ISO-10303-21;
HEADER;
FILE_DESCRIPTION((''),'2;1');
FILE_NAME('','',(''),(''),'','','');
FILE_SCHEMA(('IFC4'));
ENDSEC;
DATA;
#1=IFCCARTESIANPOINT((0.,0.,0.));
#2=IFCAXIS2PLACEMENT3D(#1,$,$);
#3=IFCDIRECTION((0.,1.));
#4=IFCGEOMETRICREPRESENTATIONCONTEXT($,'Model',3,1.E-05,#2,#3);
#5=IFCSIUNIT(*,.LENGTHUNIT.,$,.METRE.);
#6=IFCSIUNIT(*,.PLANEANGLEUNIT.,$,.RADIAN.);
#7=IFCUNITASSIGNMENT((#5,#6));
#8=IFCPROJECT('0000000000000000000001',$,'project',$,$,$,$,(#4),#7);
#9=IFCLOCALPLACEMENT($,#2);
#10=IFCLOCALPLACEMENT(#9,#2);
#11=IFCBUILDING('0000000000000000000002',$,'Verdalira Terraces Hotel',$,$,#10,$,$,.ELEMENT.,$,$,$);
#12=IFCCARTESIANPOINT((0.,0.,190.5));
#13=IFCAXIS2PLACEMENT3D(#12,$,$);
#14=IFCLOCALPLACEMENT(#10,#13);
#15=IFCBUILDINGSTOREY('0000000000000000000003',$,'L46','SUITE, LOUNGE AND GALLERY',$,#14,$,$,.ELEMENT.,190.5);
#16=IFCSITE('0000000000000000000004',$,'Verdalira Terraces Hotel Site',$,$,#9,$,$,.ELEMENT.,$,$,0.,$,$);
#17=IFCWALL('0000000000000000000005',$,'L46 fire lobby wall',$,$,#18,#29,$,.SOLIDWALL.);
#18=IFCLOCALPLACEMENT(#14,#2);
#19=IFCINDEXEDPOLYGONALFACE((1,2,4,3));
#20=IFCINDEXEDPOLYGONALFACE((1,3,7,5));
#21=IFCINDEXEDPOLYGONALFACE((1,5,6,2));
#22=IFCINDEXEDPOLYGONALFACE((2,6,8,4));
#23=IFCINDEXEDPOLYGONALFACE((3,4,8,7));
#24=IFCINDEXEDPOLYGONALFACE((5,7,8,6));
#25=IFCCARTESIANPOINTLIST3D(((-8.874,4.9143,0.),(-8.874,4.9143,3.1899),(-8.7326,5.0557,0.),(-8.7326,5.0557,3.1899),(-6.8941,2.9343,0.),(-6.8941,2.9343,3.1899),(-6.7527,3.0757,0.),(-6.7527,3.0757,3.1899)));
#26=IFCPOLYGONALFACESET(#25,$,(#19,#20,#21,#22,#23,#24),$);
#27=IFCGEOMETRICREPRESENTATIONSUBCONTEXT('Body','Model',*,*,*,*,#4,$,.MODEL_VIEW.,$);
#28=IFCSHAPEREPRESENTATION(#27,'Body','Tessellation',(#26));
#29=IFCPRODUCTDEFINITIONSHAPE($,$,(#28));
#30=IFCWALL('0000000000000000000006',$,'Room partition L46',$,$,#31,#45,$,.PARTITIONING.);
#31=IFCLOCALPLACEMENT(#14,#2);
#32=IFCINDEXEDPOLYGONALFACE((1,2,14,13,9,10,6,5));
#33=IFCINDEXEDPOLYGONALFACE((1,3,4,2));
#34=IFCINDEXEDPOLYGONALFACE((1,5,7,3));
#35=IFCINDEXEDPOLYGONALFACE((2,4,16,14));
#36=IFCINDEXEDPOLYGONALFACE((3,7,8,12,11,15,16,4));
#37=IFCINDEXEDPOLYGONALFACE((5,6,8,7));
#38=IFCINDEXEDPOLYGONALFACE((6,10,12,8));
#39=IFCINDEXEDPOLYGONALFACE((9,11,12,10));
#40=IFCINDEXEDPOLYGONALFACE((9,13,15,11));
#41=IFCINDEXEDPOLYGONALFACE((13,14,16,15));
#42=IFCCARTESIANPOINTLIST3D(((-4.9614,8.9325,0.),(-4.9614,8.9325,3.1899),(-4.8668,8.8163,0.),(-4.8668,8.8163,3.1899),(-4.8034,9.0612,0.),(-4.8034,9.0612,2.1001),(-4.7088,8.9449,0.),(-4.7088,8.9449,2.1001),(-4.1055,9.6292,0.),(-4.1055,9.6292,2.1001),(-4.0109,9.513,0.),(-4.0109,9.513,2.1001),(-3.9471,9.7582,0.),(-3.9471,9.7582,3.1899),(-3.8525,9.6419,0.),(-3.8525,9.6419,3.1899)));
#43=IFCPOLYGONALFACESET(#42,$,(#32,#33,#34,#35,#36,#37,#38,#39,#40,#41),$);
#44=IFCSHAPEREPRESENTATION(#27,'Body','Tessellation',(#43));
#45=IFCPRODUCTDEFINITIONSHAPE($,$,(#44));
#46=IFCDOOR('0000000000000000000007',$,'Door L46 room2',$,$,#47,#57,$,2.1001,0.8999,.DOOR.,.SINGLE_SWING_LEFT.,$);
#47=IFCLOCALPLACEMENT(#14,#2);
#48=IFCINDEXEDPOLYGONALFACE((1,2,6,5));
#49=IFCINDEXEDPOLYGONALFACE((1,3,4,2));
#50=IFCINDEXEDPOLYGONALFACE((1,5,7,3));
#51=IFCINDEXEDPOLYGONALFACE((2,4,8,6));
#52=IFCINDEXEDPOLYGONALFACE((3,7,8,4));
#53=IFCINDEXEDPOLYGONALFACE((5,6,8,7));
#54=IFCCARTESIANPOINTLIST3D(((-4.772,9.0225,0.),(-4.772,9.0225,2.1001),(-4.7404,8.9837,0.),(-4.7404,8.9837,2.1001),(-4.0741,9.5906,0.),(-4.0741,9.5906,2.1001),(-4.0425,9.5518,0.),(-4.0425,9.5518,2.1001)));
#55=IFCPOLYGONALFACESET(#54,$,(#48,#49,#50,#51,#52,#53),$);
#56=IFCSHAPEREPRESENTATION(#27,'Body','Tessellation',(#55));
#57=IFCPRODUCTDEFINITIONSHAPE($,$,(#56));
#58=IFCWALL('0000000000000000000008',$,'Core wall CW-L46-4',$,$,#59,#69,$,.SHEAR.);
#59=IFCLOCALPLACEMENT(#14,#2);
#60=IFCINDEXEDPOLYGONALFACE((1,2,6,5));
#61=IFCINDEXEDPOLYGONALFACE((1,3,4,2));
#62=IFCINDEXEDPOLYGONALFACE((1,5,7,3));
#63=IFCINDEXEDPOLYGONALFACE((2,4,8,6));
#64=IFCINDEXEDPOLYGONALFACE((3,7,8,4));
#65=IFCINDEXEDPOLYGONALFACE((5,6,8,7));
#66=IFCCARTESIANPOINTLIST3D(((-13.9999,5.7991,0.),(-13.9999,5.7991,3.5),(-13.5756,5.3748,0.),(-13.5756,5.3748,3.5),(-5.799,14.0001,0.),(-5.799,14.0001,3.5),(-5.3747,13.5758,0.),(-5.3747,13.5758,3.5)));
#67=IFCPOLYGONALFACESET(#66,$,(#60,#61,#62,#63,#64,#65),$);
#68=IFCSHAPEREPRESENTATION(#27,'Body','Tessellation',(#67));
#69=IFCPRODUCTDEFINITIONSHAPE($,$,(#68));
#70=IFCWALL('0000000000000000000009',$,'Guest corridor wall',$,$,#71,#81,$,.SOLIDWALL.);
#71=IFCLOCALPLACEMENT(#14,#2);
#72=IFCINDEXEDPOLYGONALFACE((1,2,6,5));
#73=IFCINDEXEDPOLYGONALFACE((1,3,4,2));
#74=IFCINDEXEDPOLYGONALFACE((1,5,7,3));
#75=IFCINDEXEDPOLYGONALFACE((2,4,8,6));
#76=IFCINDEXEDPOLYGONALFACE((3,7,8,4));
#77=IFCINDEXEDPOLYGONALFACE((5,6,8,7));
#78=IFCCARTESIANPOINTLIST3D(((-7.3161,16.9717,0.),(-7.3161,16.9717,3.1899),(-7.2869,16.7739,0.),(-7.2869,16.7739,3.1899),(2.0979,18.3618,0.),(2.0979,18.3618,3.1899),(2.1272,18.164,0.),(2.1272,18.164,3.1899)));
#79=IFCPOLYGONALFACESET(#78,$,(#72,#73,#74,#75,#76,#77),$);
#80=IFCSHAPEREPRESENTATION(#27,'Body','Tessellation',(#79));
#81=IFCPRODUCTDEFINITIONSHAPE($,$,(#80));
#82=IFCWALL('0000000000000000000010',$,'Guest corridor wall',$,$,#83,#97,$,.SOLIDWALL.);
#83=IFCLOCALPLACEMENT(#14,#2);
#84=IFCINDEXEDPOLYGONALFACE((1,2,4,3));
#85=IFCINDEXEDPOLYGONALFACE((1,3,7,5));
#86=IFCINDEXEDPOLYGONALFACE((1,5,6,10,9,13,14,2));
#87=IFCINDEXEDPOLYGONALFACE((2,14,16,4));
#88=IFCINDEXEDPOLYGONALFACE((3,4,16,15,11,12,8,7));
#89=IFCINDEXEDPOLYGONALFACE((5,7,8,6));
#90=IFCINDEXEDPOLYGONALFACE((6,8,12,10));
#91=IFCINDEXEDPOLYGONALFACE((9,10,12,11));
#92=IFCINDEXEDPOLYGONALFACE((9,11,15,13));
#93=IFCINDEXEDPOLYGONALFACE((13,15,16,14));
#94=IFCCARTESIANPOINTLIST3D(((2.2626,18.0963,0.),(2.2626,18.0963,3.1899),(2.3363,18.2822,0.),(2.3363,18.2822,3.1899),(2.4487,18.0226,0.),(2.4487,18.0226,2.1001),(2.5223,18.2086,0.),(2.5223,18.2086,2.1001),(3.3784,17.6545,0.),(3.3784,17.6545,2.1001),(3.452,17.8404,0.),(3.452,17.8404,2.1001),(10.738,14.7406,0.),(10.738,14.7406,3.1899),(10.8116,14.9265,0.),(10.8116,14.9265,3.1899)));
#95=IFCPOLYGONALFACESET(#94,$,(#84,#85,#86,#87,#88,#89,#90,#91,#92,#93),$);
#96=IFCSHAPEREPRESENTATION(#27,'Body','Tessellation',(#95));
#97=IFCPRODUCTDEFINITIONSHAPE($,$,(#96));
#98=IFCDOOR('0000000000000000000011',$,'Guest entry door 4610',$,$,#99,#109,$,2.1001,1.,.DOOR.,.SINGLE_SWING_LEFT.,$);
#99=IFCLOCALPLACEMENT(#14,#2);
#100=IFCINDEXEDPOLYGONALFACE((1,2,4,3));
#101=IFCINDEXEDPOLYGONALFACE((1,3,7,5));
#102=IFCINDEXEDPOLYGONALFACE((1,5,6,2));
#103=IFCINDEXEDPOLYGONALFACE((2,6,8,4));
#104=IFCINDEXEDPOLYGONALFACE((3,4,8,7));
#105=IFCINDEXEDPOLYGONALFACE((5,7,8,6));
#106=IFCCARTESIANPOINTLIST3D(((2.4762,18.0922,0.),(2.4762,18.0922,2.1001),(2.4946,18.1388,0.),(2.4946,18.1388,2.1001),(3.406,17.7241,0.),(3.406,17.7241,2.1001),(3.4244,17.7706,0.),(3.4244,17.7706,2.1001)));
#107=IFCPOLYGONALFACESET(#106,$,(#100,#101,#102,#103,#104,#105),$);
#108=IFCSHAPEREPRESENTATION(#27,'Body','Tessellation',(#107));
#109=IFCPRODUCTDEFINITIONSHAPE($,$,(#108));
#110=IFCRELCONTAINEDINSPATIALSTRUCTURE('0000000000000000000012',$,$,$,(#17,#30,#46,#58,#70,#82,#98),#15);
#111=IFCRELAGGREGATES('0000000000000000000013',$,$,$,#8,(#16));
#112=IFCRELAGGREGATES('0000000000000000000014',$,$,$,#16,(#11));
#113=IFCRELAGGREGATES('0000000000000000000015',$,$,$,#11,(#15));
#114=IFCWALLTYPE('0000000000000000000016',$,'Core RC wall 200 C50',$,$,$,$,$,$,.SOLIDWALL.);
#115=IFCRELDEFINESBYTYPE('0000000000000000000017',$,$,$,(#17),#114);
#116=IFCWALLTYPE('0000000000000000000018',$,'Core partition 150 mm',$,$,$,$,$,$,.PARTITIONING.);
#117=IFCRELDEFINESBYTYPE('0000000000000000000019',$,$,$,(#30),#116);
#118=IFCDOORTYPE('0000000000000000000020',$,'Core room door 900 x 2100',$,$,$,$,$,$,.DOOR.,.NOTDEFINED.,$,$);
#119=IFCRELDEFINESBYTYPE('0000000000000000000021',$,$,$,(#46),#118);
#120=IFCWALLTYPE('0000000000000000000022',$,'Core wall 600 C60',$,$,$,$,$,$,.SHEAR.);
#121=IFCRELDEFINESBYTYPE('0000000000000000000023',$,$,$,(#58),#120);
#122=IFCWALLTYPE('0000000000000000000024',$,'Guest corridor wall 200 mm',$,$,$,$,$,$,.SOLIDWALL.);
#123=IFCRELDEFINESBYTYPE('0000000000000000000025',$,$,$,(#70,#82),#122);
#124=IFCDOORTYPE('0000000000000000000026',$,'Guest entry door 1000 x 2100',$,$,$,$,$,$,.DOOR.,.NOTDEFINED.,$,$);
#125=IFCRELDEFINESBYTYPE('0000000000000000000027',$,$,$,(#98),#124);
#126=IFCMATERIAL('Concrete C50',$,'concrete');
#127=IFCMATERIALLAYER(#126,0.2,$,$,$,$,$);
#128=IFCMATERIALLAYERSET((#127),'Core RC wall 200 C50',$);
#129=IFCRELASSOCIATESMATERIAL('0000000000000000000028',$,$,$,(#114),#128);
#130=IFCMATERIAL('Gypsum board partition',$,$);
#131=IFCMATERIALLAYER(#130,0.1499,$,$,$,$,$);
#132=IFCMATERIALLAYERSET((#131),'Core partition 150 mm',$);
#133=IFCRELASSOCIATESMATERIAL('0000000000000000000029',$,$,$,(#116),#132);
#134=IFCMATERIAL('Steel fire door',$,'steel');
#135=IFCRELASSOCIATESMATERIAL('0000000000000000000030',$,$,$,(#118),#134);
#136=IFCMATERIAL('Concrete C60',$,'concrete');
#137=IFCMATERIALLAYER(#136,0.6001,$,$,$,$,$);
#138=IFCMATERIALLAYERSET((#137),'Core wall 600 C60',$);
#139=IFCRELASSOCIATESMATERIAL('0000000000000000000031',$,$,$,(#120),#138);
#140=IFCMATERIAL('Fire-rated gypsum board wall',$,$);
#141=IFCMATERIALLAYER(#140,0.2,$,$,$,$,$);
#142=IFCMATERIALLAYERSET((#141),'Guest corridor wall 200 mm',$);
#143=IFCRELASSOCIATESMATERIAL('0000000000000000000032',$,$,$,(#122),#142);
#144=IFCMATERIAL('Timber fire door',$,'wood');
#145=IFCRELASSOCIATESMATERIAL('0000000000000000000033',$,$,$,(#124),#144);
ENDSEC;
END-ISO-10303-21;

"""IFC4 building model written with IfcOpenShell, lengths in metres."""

from ifc_helpers import new_model, si_unit, direction, frame, frame_2d, origin, place, context, subcontext, project, spatial, rectangle, extrude, material, layer, layer_set, type_object, element, fill, save


model = new_model("IFC4")

# Units and contexts
model_context = context("Model", 3, precision=1e-05, world=origin(), true_north=direction((0.0, 1.0)))
body_context = subcontext(model_context, "Body", "Model", "MODEL_VIEW")
ifc_project = project(units=[si_unit("LENGTHUNIT", "METRE"), si_unit("PLANEANGLEUNIT", "RADIAN")], contexts=[model_context])

# Site, building, storey
site_placement = place(None, origin())
site = spatial("IfcSite", under=ifc_project, at=site_placement, Name="Verdalira Terraces Hotel Site", CompositionType="ELEMENT", RefElevation=0.0)
building_placement = place(site_placement, origin())
building = spatial("IfcBuilding", under=site, at=building_placement, Name="Verdalira Terraces Hotel", CompositionType="ELEMENT")
storey_placement = place(building_placement, frame((0.0, 0.0, 190.5)))
storey = spatial("IfcBuildingStorey", under=building, at=storey_placement, Name="L46", Description="SUITE, LOUNGE AND GALLERY", CompositionType="ELEMENT", Elevation=190.5)

# Shared definitions
ifc_material_1 = material(Name="Concrete C50", Category="concrete")
ifc_layer_1 = layer(ifc_material_1, 0.2)
ifc_layer_set_1 = layer_set([ifc_layer_1], Name="Core RC wall 200 C50")
wall_type_1 = type_object("IfcWallType", Name="Core RC wall 200 C50", PredefinedType="SOLIDWALL", material=ifc_layer_set_1)

# Wall
for number, where, z_axis, x_axis, name in (
    (1, (-6.8235, 3.0051, 0.0), (0.0, 0.0, 1.0), (-0.707107, 0.707107, 0.0), "L46 fire lobby wall"),
):
    element("IfcWall", number, at=place(storey_placement, frame(where, z_axis=z_axis, x_axis=x_axis)), inside=storey, type_object=wall_type_1, Name=name, PredefinedType="SOLIDWALL", context=body_context, shape_type="SweptSolid", body=[
        extrude(rectangle(XDim=2.8, YDim=0.2, at=frame_2d((1.3999, 0.0))), origin(), (0.0, 0.0, 1.0), 3.1899),
    ])

# Wall, opening, door
ifc_material_2 = material(Name="Gypsum board partition")
ifc_layer_2 = layer(ifc_material_2, 0.1499)
ifc_layer_set_2 = layer_set([ifc_layer_2], Name="Core partition 150 mm")
wall_type_2 = type_object("IfcWallType", Name="Core partition 150 mm", PredefinedType="PARTITIONING", material=ifc_layer_set_2)
wall_1_placement = place(storey_placement, frame((-3.8999, 9.7, 0.0), z_axis=(0.0, 0.0, 1.0), x_axis=(-0.77556, -0.631274, 0.0)))
wall_1 = element("IfcWall", 2, at=wall_1_placement, inside=storey, type_object=wall_type_2, Name="Room partition L46", PredefinedType="PARTITIONING", context=body_context, shape_type="SweptSolid", body=[
    extrude(rectangle(XDim=1.3079, YDim=0.1499, at=frame_2d((0.6538, 0.0))), origin(), (0.0, 0.0, 1.0), 3.1899),
])
opening_1_placement = place(wall_1_placement, frame((0.2041, 0.0, 0.0)))
opening_1 = element("IfcOpeningElement", 3, at=opening_1_placement, cuts=wall_1, PredefinedType="OPENING", context=body_context, shape_type="SweptSolid", body=[
    extrude(rectangle(XDim=0.8999, YDim=2.1001, at=frame_2d((0.45, 1.05))), frame((0.0, 0.085, 0.0), z_axis=(0.0, -1.0, 0.0), x_axis=(1.0, 0.0, 0.0)), (0.0, 0.0, 1.0), 0.1699),
])
ifc_material_3 = material(Name="Steel fire door", Category="steel")
door_type_1 = type_object("IfcDoorType", Name="Core room door 900 x 2100", OperationType="NOTDEFINED", PredefinedType="DOOR", material=ifc_material_3)
door_1_placement = place(opening_1_placement, origin())
door_1 = element("IfcDoor", 4, at=door_1_placement, inside=storey, type_object=door_type_1, Name="Door L46 room2", OperationType="SINGLE_SWING_LEFT", OverallHeight=2.1001, OverallWidth=0.8999, PredefinedType="DOOR", context=body_context, shape_type="SweptSolid", body=[
    extrude(rectangle(XDim=0.8999, YDim=2.1001, at=frame_2d((0.45, 1.05))), frame((0.0, 0.0249, 0.0), z_axis=(0.0, -1.0, 0.0), x_axis=(1.0, 0.0, 0.0)), (0.0, 0.0, 1.0), 0.05),
])
fill(opening_1, door_1)

# Walls
ifc_material_4 = material(Name="Concrete C60", Category="concrete")
ifc_layer_3 = layer(ifc_material_4, 0.6001)
ifc_layer_set_3 = layer_set([ifc_layer_3], Name="Core wall 600 C60")
wall_type_3 = type_object("IfcWallType", Name="Core wall 600 C60", PredefinedType="SHEAR", material=ifc_layer_set_3)
wall_2_placement = place(storey_placement, frame((-5.5869, 13.7878, 0.0), z_axis=(0.0, 0.0, 1.0), x_axis=(-0.707107, -0.707107, 0.0)))
element("IfcWall", 5, at=wall_2_placement, inside=storey, type_object=wall_type_3, Name="Core wall CW-L46-4", PredefinedType="SHEAR", context=body_context, shape_type="SweptSolid", body=[
    extrude(rectangle(XDim=11.5979, YDim=0.6001, at=frame_2d((5.7988, 0.0))), origin(), (0.0, 0.0, 1.0), 3.5),
])
ifc_material_5 = material(Name="Fire-rated gypsum board wall")
ifc_layer_4 = layer(ifc_material_5, 0.2)
ifc_layer_set_4 = layer_set([ifc_layer_4], Name="Guest corridor wall 200 mm")
wall_type_4 = type_object("IfcWallType", Name="Guest corridor wall 200 mm", PredefinedType="SOLIDWALL", material=ifc_layer_set_4)
wall_3_placement = place(storey_placement, frame((2.1125, 18.2629, 0.0), z_axis=(0.0, 0.0, 1.0), x_axis=(-0.989273, -0.146082, 0.0)))
element("IfcWall", 6, at=wall_3_placement, inside=storey, type_object=wall_type_4, Name="Guest corridor wall", PredefinedType="SOLIDWALL", context=body_context, shape_type="SweptSolid", body=[
    extrude(rectangle(XDim=9.5161, YDim=0.2, at=frame_2d((4.7581, 0.0))), origin(), (0.0, 0.0, 1.0), 3.1899),
])

# Wall, opening, door
wall_4_placement = place(storey_placement, frame((2.2996, 18.1892, 0.0), z_axis=(0.0, 0.0, 1.0), x_axis=(0.929773, -0.368133, 0.0)))
wall_4 = element("IfcWall", 7, at=wall_4_placement, inside=storey, type_object=wall_type_4, Name="Guest corridor wall", PredefinedType="SOLIDWALL", context=body_context, shape_type="SweptSolid", body=[
    extrude(rectangle(XDim=9.1155, YDim=0.2, at=frame_2d((4.5576, 0.0))), origin(), (0.0, 0.0, 1.0), 3.1899),
])
opening_2_placement = place(wall_4_placement, frame((0.2, 0.0, 0.0)))
opening_2 = element("IfcOpeningElement", 8, at=opening_2_placement, cuts=wall_4, PredefinedType="OPENING", context=body_context, shape_type="SweptSolid", body=[
    extrude(rectangle(XDim=1.0, YDim=2.1001, at=frame_2d((0.5, 1.05))), frame((0.0, 0.1099, 0.0), z_axis=(0.0, -1.0, 0.0), x_axis=(1.0, 0.0, 0.0)), (0.0, 0.0, 1.0), 0.22),
])
ifc_material_6 = material(Name="Timber fire door", Category="wood")
door_type_2 = type_object("IfcDoorType", Name="Guest entry door 1000 x 2100", OperationType="NOTDEFINED", PredefinedType="DOOR", material=ifc_material_6)
door_2_placement = place(opening_2_placement, origin())
door_2 = element("IfcDoor", 9, at=door_2_placement, inside=storey, type_object=door_type_2, Name="Guest entry door 4610", OperationType="SINGLE_SWING_LEFT", OverallHeight=2.1001, OverallWidth=1.0, PredefinedType="DOOR", context=body_context, shape_type="SweptSolid", body=[
    extrude(rectangle(XDim=1.0, YDim=2.1001, at=frame_2d((0.5, 1.05))), frame((0.0, 0.0249, 0.0), z_axis=(0.0, -1.0, 0.0), x_axis=(1.0, 0.0, 0.0)), (0.0, 0.0, 1.0), 0.05),
])
fill(opening_2, door_2)

save(model, "model.ifc")
